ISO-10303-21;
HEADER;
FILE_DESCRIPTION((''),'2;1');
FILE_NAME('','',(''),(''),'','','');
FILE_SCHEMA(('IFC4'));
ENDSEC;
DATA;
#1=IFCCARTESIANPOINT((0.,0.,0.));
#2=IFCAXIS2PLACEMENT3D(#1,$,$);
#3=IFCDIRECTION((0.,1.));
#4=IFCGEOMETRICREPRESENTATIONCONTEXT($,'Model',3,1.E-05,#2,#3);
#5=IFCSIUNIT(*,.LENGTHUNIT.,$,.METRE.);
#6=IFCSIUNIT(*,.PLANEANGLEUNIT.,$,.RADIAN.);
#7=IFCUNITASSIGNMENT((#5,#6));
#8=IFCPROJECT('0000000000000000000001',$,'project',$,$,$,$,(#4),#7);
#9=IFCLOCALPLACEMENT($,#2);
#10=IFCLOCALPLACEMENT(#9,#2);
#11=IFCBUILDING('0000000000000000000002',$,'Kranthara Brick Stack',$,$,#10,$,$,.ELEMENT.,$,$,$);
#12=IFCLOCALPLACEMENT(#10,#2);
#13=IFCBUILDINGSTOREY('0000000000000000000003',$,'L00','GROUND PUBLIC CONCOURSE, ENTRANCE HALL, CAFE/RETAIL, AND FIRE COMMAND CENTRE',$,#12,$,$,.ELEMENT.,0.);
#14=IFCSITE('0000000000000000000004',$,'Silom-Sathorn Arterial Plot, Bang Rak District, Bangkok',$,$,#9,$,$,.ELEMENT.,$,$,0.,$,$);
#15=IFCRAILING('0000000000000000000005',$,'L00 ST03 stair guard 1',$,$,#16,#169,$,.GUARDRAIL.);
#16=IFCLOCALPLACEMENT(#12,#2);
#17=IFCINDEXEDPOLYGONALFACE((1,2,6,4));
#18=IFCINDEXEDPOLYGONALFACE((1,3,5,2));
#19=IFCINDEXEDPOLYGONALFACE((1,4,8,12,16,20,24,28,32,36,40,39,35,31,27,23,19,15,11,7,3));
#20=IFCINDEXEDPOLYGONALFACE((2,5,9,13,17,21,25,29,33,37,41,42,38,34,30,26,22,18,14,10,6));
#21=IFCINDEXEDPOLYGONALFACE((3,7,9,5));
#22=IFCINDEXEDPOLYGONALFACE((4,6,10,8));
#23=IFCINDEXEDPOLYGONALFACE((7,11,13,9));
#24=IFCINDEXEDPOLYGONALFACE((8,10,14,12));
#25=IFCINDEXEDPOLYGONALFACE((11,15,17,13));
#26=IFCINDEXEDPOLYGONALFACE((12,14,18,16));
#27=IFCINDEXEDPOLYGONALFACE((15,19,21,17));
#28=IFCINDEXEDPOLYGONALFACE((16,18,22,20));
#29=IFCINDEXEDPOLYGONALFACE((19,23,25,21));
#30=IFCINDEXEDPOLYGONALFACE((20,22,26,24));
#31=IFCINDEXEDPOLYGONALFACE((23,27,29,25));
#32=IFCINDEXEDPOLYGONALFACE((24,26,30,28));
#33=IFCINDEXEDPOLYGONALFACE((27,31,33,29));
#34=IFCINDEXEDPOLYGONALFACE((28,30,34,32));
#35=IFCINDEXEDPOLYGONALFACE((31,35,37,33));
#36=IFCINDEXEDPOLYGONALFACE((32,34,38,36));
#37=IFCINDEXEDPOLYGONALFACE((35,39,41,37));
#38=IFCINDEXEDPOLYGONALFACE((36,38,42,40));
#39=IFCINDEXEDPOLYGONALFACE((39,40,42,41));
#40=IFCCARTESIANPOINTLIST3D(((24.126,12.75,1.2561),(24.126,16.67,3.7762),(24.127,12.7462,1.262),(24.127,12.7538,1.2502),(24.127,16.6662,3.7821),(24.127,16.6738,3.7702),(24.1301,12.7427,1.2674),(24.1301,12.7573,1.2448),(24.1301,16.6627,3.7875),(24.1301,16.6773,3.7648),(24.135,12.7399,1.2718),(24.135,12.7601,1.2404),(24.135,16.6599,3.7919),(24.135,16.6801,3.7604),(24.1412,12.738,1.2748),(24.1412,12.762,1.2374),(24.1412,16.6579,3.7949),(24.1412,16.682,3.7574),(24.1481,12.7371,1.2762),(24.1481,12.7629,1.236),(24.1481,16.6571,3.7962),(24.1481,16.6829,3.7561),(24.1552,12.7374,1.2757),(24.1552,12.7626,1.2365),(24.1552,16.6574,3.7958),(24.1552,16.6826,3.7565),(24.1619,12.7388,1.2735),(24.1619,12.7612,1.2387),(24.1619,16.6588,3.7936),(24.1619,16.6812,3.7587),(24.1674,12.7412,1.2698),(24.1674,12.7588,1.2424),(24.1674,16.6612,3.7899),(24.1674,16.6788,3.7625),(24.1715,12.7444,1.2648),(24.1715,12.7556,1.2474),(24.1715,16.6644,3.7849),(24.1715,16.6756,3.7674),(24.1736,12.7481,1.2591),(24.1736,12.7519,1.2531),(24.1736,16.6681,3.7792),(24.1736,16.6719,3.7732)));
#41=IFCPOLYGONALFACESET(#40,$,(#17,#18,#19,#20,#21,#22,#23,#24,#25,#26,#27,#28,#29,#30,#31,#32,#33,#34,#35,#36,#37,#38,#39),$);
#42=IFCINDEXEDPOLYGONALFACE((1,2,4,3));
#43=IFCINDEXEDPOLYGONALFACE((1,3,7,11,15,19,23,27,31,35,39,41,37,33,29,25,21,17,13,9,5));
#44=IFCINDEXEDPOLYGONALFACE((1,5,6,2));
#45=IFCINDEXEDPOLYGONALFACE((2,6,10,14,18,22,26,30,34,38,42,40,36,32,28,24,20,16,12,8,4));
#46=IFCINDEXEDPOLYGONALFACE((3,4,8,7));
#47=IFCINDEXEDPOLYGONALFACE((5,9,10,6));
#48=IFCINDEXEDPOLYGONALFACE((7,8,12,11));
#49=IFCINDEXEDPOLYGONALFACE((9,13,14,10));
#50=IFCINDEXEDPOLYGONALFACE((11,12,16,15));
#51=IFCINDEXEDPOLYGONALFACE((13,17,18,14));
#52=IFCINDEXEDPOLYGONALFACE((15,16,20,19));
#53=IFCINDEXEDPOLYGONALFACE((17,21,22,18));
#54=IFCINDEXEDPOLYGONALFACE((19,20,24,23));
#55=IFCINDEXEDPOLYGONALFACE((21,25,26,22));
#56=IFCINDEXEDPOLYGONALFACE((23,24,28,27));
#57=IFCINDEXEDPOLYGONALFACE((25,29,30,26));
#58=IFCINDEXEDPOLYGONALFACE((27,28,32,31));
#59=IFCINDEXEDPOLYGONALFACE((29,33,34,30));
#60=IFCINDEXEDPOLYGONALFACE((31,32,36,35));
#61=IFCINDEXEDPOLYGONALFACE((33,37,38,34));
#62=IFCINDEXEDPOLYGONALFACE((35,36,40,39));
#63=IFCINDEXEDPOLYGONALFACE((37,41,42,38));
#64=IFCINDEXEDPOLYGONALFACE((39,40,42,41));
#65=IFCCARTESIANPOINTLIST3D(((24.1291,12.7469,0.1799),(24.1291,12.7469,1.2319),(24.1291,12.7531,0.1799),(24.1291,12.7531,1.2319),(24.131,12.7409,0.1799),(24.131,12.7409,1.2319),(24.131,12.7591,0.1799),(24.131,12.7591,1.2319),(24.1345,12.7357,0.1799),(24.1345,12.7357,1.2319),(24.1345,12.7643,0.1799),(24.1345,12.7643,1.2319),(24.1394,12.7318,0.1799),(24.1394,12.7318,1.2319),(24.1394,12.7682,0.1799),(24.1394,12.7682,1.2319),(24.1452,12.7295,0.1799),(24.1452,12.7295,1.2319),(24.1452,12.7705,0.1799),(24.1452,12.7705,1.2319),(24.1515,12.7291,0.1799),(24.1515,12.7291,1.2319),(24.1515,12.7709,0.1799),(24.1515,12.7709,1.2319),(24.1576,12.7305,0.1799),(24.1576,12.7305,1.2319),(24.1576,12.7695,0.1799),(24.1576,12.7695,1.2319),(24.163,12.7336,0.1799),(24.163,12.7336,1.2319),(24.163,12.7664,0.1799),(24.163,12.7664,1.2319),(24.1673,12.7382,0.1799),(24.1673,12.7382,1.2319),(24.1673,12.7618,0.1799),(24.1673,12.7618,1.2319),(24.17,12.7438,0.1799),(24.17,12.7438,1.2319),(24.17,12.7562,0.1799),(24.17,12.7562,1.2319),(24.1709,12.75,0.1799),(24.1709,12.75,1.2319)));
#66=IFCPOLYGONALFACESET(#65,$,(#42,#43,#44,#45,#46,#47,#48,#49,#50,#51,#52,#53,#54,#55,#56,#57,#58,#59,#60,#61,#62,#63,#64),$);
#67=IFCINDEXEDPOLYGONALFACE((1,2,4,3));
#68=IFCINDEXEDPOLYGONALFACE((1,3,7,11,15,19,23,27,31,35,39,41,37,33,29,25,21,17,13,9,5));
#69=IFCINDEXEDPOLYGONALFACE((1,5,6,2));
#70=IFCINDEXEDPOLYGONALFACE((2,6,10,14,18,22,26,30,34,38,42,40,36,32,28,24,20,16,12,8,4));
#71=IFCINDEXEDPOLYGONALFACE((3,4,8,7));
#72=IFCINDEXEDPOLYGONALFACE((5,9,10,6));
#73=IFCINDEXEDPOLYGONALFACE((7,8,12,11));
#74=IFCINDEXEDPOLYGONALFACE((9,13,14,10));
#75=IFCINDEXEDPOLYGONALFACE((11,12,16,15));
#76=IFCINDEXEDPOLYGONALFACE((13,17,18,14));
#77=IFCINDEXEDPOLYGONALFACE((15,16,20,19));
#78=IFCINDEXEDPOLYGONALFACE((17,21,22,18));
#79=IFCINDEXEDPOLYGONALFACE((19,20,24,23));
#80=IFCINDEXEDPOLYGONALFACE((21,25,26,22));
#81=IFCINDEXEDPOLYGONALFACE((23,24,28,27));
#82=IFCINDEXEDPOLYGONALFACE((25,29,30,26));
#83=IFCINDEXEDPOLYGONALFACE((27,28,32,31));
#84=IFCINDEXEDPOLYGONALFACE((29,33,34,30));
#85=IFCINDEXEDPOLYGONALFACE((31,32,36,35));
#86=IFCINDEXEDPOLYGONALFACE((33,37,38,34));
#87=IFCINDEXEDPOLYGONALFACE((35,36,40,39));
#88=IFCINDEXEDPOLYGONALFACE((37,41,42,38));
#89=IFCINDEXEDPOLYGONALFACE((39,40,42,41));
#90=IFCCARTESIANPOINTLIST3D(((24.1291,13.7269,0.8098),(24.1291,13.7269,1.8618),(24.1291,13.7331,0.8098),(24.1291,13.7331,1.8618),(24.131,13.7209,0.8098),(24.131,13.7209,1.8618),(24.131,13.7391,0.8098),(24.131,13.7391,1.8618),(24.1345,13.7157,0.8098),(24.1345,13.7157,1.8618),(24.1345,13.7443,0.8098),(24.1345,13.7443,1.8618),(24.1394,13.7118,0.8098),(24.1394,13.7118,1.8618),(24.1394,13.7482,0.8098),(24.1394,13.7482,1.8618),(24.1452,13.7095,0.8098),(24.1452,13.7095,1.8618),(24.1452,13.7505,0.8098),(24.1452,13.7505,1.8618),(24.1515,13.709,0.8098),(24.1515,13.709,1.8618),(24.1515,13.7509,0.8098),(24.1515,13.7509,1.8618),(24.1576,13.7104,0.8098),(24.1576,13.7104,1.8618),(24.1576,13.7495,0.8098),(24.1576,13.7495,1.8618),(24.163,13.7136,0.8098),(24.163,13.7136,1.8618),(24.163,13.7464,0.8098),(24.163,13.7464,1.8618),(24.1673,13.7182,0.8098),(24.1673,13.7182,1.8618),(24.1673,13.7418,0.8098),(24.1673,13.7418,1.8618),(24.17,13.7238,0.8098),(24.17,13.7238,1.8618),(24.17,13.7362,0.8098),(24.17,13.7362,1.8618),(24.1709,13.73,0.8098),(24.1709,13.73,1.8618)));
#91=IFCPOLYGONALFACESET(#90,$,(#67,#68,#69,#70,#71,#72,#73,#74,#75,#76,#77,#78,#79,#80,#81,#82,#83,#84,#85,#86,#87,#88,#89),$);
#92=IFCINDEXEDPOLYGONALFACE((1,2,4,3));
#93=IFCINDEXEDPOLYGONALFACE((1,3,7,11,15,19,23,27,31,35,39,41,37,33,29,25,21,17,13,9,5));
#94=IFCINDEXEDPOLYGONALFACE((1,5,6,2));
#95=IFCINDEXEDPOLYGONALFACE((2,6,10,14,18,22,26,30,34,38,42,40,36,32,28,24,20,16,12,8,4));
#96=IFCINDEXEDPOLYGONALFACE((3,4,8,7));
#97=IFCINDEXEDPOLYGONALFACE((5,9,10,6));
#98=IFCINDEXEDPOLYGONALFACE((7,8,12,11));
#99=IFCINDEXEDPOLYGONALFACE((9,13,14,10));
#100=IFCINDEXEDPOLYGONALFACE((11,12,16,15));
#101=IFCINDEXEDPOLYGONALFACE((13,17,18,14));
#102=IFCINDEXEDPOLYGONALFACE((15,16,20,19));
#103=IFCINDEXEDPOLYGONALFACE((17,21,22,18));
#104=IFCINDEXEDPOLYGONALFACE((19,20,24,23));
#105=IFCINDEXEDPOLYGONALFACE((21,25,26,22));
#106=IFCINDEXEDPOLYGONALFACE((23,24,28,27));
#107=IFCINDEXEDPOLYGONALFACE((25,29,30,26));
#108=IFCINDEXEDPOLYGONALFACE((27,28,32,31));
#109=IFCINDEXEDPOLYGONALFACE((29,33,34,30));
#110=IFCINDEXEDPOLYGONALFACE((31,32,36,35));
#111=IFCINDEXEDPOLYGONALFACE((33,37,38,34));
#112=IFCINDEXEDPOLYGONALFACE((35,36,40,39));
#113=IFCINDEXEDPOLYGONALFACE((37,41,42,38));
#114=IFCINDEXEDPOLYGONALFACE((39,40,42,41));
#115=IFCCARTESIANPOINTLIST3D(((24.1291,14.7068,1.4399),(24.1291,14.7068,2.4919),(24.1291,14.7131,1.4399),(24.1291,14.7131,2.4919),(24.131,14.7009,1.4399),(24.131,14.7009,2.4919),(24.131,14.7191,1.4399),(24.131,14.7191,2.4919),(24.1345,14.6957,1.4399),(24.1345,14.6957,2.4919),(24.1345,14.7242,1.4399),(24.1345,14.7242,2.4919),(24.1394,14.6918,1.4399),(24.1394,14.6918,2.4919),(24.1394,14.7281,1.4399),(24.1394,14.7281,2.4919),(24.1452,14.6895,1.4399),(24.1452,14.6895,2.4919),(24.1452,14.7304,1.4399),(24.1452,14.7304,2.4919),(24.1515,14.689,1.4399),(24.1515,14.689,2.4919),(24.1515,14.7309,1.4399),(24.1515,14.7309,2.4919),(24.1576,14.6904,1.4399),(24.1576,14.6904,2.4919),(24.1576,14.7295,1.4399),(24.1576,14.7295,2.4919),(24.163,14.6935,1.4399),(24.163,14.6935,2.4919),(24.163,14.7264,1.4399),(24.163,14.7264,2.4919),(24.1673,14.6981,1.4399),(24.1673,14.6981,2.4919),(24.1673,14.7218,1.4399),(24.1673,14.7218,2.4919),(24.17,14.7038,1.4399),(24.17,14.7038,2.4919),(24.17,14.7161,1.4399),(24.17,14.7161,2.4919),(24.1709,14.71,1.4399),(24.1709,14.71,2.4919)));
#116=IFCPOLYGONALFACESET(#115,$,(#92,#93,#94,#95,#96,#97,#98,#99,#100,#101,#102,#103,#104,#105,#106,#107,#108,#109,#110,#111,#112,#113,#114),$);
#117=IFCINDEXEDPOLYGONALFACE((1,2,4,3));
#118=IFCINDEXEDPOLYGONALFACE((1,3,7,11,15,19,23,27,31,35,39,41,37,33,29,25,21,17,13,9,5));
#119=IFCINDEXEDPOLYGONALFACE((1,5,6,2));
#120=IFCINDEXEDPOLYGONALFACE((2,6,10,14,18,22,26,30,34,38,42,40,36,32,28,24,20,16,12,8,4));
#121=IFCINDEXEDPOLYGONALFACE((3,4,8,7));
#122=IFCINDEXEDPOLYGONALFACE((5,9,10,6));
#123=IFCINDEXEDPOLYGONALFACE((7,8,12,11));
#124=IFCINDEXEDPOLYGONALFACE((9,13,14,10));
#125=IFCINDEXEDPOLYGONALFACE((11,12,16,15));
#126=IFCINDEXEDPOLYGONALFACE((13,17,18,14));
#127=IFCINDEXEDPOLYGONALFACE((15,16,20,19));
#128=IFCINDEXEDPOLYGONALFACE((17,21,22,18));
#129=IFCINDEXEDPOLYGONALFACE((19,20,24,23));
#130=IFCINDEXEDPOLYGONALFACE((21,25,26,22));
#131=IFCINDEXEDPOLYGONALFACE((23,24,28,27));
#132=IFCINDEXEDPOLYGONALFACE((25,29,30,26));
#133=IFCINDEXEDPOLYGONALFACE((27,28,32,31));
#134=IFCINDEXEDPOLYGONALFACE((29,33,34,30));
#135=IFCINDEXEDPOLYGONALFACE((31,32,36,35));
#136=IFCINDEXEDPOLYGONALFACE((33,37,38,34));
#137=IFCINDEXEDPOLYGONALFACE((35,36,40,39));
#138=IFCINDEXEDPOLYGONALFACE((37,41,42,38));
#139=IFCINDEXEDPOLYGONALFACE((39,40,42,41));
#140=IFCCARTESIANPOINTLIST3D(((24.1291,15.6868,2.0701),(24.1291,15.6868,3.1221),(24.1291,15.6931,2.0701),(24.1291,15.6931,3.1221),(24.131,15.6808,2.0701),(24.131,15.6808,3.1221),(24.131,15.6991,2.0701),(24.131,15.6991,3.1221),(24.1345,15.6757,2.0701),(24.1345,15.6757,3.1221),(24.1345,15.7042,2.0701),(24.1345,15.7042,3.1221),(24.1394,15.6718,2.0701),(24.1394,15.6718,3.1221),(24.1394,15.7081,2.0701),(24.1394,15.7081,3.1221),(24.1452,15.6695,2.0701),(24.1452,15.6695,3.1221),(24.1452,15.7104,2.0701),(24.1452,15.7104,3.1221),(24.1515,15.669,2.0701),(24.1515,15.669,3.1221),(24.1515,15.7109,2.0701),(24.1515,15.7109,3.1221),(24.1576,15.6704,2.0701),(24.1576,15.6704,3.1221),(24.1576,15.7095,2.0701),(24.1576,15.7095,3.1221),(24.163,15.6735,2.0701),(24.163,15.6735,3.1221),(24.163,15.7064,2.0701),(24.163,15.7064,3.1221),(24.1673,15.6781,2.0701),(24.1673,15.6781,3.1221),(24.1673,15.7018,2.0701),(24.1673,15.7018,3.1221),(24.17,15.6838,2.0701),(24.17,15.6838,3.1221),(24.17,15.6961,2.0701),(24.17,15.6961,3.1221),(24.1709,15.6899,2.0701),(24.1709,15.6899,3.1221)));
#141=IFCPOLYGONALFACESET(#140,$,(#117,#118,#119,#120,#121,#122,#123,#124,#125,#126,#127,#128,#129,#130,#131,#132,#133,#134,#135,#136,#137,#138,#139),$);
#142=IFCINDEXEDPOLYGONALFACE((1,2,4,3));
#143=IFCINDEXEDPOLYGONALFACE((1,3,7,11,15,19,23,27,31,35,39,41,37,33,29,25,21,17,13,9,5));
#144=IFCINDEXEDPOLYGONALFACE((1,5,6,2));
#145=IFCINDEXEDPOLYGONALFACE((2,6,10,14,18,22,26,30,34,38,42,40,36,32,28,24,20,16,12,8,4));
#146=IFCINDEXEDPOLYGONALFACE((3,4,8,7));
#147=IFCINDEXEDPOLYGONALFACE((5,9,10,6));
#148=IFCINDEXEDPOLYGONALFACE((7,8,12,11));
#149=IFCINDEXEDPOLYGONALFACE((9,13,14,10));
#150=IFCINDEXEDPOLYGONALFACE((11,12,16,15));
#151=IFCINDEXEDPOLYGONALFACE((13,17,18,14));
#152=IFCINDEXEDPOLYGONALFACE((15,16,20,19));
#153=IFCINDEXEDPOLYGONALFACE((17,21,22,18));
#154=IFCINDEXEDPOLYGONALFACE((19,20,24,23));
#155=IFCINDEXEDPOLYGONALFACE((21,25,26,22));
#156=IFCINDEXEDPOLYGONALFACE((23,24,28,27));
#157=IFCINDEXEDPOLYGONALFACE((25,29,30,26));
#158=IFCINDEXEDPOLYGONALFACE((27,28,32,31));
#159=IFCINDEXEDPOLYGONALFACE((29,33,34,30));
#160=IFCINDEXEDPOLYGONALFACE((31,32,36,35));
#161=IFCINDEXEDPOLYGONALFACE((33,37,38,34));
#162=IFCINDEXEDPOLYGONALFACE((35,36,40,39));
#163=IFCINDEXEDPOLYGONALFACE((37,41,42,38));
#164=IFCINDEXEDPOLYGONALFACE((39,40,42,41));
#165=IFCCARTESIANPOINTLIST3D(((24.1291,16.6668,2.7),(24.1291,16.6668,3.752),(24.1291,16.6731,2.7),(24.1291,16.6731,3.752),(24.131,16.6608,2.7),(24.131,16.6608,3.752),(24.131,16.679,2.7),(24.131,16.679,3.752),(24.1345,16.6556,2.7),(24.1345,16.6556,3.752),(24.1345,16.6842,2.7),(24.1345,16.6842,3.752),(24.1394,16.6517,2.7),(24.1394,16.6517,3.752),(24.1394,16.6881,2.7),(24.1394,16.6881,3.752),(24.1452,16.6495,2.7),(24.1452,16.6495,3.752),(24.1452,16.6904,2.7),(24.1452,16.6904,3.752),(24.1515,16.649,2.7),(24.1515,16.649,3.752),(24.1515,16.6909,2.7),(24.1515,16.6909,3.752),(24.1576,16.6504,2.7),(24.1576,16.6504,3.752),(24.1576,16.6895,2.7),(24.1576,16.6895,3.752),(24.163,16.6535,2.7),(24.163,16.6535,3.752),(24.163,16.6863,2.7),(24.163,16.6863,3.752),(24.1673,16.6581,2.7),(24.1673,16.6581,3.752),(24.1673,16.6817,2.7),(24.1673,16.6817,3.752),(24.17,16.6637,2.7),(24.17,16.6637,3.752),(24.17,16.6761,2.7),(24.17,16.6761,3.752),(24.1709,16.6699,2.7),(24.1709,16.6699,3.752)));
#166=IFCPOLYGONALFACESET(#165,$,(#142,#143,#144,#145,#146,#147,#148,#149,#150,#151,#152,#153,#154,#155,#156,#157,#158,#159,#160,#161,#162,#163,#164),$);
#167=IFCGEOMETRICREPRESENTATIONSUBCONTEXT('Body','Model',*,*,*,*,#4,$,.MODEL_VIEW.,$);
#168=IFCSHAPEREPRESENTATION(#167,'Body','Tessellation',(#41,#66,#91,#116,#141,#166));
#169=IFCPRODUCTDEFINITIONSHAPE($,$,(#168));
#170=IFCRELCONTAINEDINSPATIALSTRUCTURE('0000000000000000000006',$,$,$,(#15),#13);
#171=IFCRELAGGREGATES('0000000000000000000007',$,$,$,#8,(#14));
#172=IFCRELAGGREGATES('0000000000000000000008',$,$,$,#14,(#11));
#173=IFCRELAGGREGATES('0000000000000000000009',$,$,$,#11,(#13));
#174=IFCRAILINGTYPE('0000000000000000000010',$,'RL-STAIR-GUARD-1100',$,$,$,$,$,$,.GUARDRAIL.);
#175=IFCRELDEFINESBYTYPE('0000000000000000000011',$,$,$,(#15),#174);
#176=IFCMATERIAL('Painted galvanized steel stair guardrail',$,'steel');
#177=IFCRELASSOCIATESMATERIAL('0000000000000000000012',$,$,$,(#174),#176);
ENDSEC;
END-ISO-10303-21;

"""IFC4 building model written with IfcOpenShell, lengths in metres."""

from ifc_helpers import new_model, si_unit, direction, frame, origin, origin_2d, place, context, subcontext, project, spatial, circle, extrude, material, type_object, element, save


model = new_model("IFC4")

# Units and contexts
model_context = context("Model", 3, precision=1e-05, world=origin(), true_north=direction((0.0, 1.0)))
body_context = subcontext(model_context, "Body", "Model", "MODEL_VIEW")
ifc_project = project(units=[si_unit("LENGTHUNIT", "METRE"), si_unit("PLANEANGLEUNIT", "RADIAN")], contexts=[model_context])

# Site, building, storey
site_placement = place(None, origin())
site = spatial("IfcSite", under=ifc_project, at=site_placement, Name="Silom-Sathorn Arterial Plot, Bang Rak District, Bangkok", CompositionType="ELEMENT", RefElevation=0.0)
building_placement = place(site_placement, origin())
building = spatial("IfcBuilding", under=site, at=building_placement, Name="Kranthara Brick Stack", CompositionType="ELEMENT")
storey_placement = place(building_placement, origin())
storey = spatial("IfcBuildingStorey", under=building, at=storey_placement, Name="L00", Description="GROUND PUBLIC CONCOURSE, ENTRANCE HALL, CAFE/RETAIL, AND FIRE COMMAND CENTRE", CompositionType="ELEMENT", Elevation=0.0)

# Railing
ifc_material_1 = material(Name="Painted galvanized steel stair guardrail", Category="steel")
railing_type_1 = type_object("IfcRailingType", Name="RL-STAIR-GUARD-1100", PredefinedType="GUARDRAIL", material=ifc_material_1)
railing_1_placement = place(storey_placement, frame((24.1499, 12.75, 0.1799)))
element("IfcRailing", 1, at=railing_1_placement, inside=storey, type_object=railing_type_1, Name="L00 ST03 stair guard 1", PredefinedType="GUARDRAIL", context=body_context, shape_type="SweptSolid", body=[
    extrude(circle(Radius=0.0239, at=origin_2d()), frame((0.0, 0.0, 1.0762), z_axis=(0.0, 0.841172, 0.540768), x_axis=(-1.0, 0.0, 0.0)), (0.0, 0.0, 1.0), 4.6602),
    extrude(circle(Radius=0.021, at=origin_2d()), origin(), (0.0, 0.0, 1.0), 1.052),
    extrude(circle(Radius=0.021, at=origin_2d()), frame((0.0, 0.98, 0.6299)), (0.0, 0.0, 1.0), 1.052),
    extrude(circle(Radius=0.021, at=origin_2d()), frame((0.0, 1.96, 1.26)), (0.0, 0.0, 1.0), 1.052),
    extrude(circle(Radius=0.021, at=origin_2d()), frame((0.0, 2.9399, 1.8901)), (0.0, 0.0, 1.0), 1.052),
    extrude(circle(Radius=0.021, at=origin_2d()), frame((0.0, 3.9199, 2.52)), (0.0, 0.0, 1.0), 1.052),
])

save(model, "model.ifc")
